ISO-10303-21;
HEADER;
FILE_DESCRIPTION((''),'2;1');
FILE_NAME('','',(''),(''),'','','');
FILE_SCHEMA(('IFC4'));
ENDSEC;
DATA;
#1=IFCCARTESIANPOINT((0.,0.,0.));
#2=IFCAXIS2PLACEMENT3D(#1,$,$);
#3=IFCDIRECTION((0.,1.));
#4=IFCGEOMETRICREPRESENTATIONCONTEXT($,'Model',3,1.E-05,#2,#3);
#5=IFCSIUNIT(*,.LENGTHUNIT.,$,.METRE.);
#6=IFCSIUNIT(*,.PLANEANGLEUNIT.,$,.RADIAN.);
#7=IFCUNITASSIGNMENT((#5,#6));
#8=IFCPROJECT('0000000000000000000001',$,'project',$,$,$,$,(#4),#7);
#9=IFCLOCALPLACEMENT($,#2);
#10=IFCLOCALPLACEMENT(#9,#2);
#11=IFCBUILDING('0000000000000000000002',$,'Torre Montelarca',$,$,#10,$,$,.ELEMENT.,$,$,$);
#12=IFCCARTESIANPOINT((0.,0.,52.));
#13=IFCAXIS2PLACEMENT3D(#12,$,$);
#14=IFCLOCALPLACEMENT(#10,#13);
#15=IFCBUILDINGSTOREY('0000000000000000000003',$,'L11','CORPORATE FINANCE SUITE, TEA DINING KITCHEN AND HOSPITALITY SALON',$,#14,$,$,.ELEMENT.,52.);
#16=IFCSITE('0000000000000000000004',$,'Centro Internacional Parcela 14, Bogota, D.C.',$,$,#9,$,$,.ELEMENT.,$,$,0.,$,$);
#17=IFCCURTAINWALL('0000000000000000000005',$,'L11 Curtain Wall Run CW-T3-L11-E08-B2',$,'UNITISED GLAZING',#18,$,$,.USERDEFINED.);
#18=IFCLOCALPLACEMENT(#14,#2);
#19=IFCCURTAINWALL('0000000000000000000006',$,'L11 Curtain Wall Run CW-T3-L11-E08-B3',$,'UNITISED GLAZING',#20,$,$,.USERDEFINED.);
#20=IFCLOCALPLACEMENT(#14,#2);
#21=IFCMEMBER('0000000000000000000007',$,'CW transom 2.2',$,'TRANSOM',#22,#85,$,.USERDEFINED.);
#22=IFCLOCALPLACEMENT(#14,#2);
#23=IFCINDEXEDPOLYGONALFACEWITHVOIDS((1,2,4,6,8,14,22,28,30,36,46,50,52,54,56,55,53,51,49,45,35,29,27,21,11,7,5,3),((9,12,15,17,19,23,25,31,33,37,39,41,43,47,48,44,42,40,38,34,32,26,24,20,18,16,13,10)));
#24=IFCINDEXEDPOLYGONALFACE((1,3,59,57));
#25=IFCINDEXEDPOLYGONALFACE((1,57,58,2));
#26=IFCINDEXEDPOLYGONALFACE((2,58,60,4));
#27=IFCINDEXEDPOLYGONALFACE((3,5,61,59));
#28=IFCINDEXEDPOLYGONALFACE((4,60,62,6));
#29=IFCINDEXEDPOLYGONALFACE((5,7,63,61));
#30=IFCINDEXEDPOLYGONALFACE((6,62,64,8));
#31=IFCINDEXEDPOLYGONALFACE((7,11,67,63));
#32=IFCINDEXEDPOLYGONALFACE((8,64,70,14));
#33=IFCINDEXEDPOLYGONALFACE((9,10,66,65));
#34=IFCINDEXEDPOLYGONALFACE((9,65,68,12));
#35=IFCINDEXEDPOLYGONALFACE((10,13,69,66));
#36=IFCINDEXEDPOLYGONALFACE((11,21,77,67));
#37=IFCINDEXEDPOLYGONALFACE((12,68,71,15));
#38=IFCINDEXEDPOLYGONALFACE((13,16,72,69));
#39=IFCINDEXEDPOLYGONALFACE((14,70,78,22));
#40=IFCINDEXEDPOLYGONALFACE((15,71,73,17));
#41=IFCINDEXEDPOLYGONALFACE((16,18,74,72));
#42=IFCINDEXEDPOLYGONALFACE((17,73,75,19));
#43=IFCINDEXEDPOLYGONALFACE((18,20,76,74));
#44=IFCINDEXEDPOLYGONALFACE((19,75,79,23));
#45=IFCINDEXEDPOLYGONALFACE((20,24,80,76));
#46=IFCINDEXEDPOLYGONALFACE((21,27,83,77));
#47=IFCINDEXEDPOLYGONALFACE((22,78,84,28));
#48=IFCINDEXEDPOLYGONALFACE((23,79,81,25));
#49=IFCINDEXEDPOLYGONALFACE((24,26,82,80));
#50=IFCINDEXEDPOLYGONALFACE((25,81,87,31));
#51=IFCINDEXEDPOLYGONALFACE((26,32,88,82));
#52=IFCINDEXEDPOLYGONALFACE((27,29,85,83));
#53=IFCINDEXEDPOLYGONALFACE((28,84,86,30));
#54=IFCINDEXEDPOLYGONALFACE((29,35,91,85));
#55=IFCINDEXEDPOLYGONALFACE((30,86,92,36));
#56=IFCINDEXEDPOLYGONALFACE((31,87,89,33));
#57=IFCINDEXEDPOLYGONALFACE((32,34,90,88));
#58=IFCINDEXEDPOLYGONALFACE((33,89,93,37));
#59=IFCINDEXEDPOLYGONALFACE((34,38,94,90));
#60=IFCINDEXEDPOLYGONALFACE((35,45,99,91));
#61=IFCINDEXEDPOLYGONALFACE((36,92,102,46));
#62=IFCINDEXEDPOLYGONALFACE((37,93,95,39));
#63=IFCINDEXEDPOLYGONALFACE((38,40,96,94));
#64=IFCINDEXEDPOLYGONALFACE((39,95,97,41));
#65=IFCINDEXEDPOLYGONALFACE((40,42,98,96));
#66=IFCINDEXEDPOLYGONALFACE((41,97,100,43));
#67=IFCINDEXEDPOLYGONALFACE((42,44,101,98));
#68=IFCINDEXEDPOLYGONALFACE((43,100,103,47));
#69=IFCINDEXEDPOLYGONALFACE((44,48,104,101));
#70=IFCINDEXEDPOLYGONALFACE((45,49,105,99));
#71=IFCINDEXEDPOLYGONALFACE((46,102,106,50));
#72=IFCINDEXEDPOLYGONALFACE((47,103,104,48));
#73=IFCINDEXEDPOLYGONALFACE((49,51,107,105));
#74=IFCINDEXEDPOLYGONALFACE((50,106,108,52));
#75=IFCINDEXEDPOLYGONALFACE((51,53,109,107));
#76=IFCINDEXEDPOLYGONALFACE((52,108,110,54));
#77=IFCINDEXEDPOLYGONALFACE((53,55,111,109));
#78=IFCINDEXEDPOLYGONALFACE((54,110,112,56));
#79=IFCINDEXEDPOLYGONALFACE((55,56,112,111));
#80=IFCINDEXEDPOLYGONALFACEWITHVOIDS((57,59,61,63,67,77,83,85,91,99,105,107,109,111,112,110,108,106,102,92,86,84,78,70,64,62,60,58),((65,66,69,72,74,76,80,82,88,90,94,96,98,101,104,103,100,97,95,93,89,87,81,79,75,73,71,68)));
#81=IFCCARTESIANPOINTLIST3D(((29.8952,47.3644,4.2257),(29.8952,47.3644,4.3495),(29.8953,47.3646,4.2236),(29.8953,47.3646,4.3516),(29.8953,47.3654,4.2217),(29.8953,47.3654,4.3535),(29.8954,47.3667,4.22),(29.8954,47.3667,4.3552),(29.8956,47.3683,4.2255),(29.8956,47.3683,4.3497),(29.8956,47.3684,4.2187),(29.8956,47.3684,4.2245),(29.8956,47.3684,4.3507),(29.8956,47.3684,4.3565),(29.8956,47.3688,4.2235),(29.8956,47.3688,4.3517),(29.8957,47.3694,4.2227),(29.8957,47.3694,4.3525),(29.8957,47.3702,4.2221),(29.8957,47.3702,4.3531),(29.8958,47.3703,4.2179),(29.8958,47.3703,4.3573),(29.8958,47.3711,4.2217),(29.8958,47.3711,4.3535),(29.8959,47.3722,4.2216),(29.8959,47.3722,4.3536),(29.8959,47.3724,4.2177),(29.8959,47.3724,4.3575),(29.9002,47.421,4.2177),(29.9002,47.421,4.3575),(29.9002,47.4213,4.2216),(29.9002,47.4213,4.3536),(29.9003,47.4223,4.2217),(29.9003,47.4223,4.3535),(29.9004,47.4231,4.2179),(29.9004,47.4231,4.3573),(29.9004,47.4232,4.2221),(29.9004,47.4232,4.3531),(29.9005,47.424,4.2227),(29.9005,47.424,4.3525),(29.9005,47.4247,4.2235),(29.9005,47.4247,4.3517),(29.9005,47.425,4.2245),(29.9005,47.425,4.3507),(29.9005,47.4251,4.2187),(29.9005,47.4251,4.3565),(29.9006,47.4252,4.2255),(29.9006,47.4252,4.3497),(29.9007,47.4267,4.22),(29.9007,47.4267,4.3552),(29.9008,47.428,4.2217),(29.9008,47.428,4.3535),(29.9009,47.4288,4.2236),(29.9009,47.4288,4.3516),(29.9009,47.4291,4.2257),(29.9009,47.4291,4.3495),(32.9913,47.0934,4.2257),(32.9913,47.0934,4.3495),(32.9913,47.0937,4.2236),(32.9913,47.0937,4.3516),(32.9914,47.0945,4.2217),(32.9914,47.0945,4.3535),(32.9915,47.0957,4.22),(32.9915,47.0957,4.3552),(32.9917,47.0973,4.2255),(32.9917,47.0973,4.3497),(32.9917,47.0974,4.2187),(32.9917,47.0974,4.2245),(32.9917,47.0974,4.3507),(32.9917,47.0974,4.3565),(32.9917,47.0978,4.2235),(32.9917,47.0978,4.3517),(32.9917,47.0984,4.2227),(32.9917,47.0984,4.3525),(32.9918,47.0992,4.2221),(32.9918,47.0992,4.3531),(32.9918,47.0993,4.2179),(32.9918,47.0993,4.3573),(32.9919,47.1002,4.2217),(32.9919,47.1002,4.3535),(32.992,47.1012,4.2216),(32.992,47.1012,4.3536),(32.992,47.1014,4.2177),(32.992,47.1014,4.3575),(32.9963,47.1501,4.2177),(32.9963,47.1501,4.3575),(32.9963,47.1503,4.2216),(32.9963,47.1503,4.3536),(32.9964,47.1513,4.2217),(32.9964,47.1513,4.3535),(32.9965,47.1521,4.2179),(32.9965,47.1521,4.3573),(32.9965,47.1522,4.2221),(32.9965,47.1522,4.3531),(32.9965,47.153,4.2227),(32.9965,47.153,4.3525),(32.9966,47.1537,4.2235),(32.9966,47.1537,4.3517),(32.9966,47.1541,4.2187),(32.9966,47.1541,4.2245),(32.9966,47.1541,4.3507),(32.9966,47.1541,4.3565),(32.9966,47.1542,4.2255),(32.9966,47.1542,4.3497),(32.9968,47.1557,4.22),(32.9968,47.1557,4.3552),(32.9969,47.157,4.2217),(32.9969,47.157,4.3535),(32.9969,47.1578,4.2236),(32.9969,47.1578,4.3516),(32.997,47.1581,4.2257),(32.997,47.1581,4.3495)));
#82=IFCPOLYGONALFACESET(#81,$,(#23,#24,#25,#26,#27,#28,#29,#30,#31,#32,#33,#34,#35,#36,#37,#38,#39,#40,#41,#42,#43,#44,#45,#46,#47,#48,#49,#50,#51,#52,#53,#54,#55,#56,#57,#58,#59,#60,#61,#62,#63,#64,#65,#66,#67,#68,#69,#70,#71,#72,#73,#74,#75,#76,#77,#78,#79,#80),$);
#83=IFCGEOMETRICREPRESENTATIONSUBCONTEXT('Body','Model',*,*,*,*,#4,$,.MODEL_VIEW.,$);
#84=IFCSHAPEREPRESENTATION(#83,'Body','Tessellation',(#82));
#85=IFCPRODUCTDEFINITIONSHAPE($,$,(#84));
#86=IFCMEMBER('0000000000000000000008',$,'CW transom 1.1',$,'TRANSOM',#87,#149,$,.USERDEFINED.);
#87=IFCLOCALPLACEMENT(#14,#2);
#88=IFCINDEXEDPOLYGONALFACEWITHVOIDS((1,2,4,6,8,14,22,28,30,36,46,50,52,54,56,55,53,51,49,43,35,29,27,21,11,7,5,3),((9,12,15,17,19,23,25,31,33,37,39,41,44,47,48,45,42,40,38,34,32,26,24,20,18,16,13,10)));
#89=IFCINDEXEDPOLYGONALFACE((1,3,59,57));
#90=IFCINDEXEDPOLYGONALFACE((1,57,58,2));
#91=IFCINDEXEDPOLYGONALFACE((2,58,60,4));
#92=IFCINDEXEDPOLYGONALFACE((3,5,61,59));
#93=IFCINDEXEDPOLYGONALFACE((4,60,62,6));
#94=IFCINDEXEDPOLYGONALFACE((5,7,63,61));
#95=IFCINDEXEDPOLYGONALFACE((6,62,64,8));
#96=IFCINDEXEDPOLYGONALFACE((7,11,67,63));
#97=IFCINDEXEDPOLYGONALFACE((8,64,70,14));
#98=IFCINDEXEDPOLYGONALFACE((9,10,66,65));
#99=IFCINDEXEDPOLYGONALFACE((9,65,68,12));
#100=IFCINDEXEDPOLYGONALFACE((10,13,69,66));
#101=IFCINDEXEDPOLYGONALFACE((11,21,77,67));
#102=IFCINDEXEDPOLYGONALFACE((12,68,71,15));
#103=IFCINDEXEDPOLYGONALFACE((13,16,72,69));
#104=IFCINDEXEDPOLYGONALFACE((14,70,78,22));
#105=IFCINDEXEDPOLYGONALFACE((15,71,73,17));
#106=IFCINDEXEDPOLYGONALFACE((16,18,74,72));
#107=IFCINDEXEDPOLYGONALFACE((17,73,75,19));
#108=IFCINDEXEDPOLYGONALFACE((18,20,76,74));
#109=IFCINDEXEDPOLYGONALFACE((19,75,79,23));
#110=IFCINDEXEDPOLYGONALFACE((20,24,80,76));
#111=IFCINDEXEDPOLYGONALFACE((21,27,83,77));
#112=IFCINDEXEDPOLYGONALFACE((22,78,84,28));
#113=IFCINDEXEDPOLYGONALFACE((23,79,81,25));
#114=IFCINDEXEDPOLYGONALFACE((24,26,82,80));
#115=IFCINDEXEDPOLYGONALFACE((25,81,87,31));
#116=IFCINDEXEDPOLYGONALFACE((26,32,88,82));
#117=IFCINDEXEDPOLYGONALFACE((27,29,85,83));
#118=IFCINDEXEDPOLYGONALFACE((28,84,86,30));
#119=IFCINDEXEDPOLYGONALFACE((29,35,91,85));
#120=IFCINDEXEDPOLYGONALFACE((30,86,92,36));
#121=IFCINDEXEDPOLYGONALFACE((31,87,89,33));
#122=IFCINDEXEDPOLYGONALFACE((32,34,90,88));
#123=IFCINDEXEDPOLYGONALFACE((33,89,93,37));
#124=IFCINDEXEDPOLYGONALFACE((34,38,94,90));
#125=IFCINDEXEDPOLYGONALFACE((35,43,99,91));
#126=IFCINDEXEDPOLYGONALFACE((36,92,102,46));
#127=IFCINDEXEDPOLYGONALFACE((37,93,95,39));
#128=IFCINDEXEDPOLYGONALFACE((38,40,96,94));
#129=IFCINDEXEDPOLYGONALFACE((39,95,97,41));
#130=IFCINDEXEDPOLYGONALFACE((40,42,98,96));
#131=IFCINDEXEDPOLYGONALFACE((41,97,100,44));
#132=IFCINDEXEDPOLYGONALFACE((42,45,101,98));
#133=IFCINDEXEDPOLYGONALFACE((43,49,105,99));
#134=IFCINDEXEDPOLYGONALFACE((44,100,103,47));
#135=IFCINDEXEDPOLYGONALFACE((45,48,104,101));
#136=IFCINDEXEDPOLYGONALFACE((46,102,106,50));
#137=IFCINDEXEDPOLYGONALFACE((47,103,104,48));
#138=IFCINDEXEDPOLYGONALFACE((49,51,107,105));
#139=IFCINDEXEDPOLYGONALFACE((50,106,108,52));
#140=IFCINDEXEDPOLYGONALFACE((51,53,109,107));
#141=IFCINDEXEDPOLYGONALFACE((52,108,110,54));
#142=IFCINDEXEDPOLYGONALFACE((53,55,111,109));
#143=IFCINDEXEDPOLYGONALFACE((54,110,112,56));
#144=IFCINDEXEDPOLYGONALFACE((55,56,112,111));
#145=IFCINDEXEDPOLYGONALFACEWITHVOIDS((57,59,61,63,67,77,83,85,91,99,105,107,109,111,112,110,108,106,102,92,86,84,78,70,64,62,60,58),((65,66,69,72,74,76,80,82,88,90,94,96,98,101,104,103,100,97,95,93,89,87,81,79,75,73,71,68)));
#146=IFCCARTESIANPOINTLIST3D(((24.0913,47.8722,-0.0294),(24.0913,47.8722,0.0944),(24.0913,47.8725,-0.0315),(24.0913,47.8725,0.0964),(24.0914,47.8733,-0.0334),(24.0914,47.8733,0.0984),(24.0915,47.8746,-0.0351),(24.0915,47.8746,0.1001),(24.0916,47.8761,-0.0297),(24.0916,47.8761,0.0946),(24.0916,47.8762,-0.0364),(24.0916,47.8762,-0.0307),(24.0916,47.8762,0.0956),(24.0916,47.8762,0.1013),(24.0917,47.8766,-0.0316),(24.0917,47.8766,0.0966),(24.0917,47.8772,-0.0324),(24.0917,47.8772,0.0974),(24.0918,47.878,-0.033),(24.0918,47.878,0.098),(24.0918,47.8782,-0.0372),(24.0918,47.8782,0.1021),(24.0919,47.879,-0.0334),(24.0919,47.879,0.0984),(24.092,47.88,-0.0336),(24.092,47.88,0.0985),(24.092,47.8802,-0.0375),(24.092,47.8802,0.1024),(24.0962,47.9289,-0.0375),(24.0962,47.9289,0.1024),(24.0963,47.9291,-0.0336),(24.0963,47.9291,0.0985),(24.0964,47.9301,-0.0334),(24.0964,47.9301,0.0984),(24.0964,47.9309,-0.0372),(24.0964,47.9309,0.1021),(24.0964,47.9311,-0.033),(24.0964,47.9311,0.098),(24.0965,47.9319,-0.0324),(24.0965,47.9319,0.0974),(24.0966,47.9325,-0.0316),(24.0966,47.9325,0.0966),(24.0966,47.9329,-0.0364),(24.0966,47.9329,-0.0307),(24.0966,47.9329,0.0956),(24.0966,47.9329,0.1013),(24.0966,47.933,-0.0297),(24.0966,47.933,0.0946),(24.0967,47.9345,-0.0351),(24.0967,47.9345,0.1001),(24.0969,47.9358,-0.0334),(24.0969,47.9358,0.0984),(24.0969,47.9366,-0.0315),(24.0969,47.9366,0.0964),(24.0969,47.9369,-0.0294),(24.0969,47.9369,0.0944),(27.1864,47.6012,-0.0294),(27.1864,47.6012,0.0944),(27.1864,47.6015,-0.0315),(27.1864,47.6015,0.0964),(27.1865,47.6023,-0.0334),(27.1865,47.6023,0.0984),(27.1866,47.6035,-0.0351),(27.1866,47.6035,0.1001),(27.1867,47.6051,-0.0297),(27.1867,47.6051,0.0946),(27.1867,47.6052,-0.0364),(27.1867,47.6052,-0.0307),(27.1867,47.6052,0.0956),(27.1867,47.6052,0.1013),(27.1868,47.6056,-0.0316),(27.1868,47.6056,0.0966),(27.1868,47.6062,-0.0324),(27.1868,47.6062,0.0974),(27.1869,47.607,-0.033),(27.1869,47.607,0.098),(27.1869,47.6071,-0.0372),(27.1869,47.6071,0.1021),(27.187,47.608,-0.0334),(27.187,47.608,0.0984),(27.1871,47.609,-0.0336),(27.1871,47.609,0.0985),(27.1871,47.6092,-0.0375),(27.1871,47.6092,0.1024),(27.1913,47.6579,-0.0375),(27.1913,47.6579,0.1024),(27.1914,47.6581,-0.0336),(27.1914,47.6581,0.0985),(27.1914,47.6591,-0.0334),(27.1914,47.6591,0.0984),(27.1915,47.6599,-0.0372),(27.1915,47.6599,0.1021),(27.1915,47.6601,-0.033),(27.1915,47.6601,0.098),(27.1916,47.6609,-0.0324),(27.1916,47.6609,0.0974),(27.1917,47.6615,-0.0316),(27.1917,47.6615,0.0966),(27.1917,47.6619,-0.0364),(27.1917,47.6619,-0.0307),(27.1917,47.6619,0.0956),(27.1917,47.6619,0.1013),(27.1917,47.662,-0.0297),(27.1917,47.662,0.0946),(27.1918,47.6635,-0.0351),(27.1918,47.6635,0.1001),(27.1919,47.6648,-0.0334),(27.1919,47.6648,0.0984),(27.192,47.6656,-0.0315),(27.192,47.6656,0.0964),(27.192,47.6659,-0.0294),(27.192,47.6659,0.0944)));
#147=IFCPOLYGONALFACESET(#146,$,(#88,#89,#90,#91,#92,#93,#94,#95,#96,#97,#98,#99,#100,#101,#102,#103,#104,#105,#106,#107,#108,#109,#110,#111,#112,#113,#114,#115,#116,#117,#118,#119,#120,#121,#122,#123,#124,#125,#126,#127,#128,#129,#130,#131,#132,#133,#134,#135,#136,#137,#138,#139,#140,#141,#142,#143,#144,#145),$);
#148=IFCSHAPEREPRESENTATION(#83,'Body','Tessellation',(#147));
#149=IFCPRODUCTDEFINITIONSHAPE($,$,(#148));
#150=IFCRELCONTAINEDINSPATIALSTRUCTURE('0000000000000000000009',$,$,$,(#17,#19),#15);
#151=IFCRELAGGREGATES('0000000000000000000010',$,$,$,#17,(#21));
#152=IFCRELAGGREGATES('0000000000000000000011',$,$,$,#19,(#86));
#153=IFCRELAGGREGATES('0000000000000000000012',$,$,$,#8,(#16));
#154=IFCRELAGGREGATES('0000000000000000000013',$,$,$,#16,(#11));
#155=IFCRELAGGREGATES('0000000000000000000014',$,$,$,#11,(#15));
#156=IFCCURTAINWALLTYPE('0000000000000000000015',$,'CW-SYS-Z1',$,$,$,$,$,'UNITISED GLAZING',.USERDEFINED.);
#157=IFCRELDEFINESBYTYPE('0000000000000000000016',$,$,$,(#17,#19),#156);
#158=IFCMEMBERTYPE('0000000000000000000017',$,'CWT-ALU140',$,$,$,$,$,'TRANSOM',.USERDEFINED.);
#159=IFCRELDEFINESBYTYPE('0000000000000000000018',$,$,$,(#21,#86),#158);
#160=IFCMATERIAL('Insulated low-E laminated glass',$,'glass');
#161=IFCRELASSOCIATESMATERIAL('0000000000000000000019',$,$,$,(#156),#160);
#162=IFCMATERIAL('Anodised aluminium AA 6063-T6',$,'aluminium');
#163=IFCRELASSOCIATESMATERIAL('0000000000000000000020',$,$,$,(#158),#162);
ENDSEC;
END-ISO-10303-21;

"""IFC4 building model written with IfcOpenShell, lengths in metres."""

from ifc_helpers import new_model, si_unit, direction, frame, origin, origin_2d, place, context, subcontext, project, spatial, hollow_rectangle, extrude, source, transform, mapped, material, material_profile, profile_set, type_object, element, aggregate, save


model = new_model("IFC4")

# Units and contexts
model_context = context("Model", 3, precision=1e-05, world=origin(), true_north=direction((0.0, 1.0)))
body_context = subcontext(model_context, "Body", "Model", "MODEL_VIEW")
ifc_project = project(units=[si_unit("LENGTHUNIT", "METRE"), si_unit("PLANEANGLEUNIT", "RADIAN")], contexts=[model_context])

# Site, building, storey
site_placement = place(None, origin())
site = spatial("IfcSite", under=ifc_project, at=site_placement, Name="Centro Internacional Parcela 14, Bogota, D.C.", CompositionType="ELEMENT", RefElevation=0.0)
building_placement = place(site_placement, origin())
building = spatial("IfcBuilding", under=site, at=building_placement, Name="Torre Montelarca", CompositionType="ELEMENT")
storey_placement = place(building_placement, frame((0.0, 0.0, 52.0)))
storey = spatial("IfcBuildingStorey", under=building, at=storey_placement, Name="L11", Description="CORPORATE FINANCE SUITE, TEA DINING KITCHEN AND HOSPITALITY SALON", CompositionType="ELEMENT", Elevation=52.0)

# Curtain walls
ifc_material_1 = material(Name="Insulated low-E laminated glass", Category="glass")
curtain_wall_type = type_object("IfcCurtainWallType", Name="CW-SYS-Z1", ElementType="UNITISED GLAZING", PredefinedType="USERDEFINED", material=ifc_material_1)
curtain_wall_1_placement = place(storey_placement, origin())
curtain_wall_1 = element("IfcCurtainWall", 1, at=curtain_wall_1_placement, inside=storey, type_object=curtain_wall_type, Name="L11 Curtain Wall Run CW-T3-L11-E08-B2", ObjectType="UNITISED GLAZING", PredefinedType="USERDEFINED")
ifc_material_2 = material(Name="Anodised aluminium AA 6063-T6", Category="aluminium")
curtain_wall_2_placement = place(storey_placement, origin())
curtain_wall_2 = element("IfcCurtainWall", 2, at=curtain_wall_2_placement, inside=storey, type_object=curtain_wall_type, Name="L11 Curtain Wall Run CW-T3-L11-E08-B3", ObjectType="UNITISED GLAZING", PredefinedType="USERDEFINED")

# Members
ifc_material_profile_1 = material_profile(ifc_material_2, hollow_rectangle(XDim=0.0649, YDim=0.1399, WallThickness=0.0039, InnerFilletRadius=0.0039, OuterFilletRadius=0.0081, at=origin_2d()), Name="ALU65X140X4", Category="aluminium")
ifc_profile_set_1 = profile_set([ifc_material_profile_1], Name="Anodised aluminium AA 6063-T6")
member_type_1 = type_object("IfcMemberType", Name="CWT-ALU140", ElementType="TRANSOM", PredefinedType="USERDEFINED", material=ifc_profile_set_1)
shared_shape_1 = source(origin(), body_context, "Body", "SweptSolid", [
    extrude(hollow_rectangle(XDim=0.0649, YDim=0.1399, WallThickness=0.0039, InnerFilletRadius=0.0039, OuterFilletRadius=0.0081, at=origin_2d()), origin(), (0.0, 0.0, 1.0), 3.1079),
])
member_1_placement = place(storey_placement, frame((32.9941, 47.1257, 4.2876), z_axis=(-0.996192, 0.087192, 0.0), x_axis=(-0.087192, -0.996192, 0.0)))
member_1 = element("IfcMember", 3, at=member_1_placement, type_object=member_type_1, Name="CW transom 2.2", ObjectType="TRANSOM", PredefinedType="USERDEFINED", context=body_context, shape_type="MappedRepresentation", body=[
    mapped(shared_shape_1, transform((0.0, 0.0, 0.0), scale=1.0)),
])
shared_shape_2 = source(origin(), body_context, "Body", "SweptSolid", [
    extrude(hollow_rectangle(XDim=0.0649, YDim=0.1399, WallThickness=0.0039, InnerFilletRadius=0.0039, OuterFilletRadius=0.0081, at=origin_2d()), origin(), (0.0, 0.0, 1.0), 3.1069),
])
member_2_placement = place(storey_placement, frame((27.1892, 47.6335, 0.0325), z_axis=(-0.996189, 0.087226, 0.0), x_axis=(-0.087226, -0.996189, 0.0)))
member_2 = element("IfcMember", 4, at=member_2_placement, type_object=member_type_1, Name="CW transom 1.1", ObjectType="TRANSOM", PredefinedType="USERDEFINED", context=body_context, shape_type="MappedRepresentation", body=[
    mapped(shared_shape_2, transform((0.0, 0.0, 0.0), scale=1.0)),
])

aggregate(curtain_wall_1, [member_1])
aggregate(curtain_wall_2, [member_2])

save(model, "model.ifc")
